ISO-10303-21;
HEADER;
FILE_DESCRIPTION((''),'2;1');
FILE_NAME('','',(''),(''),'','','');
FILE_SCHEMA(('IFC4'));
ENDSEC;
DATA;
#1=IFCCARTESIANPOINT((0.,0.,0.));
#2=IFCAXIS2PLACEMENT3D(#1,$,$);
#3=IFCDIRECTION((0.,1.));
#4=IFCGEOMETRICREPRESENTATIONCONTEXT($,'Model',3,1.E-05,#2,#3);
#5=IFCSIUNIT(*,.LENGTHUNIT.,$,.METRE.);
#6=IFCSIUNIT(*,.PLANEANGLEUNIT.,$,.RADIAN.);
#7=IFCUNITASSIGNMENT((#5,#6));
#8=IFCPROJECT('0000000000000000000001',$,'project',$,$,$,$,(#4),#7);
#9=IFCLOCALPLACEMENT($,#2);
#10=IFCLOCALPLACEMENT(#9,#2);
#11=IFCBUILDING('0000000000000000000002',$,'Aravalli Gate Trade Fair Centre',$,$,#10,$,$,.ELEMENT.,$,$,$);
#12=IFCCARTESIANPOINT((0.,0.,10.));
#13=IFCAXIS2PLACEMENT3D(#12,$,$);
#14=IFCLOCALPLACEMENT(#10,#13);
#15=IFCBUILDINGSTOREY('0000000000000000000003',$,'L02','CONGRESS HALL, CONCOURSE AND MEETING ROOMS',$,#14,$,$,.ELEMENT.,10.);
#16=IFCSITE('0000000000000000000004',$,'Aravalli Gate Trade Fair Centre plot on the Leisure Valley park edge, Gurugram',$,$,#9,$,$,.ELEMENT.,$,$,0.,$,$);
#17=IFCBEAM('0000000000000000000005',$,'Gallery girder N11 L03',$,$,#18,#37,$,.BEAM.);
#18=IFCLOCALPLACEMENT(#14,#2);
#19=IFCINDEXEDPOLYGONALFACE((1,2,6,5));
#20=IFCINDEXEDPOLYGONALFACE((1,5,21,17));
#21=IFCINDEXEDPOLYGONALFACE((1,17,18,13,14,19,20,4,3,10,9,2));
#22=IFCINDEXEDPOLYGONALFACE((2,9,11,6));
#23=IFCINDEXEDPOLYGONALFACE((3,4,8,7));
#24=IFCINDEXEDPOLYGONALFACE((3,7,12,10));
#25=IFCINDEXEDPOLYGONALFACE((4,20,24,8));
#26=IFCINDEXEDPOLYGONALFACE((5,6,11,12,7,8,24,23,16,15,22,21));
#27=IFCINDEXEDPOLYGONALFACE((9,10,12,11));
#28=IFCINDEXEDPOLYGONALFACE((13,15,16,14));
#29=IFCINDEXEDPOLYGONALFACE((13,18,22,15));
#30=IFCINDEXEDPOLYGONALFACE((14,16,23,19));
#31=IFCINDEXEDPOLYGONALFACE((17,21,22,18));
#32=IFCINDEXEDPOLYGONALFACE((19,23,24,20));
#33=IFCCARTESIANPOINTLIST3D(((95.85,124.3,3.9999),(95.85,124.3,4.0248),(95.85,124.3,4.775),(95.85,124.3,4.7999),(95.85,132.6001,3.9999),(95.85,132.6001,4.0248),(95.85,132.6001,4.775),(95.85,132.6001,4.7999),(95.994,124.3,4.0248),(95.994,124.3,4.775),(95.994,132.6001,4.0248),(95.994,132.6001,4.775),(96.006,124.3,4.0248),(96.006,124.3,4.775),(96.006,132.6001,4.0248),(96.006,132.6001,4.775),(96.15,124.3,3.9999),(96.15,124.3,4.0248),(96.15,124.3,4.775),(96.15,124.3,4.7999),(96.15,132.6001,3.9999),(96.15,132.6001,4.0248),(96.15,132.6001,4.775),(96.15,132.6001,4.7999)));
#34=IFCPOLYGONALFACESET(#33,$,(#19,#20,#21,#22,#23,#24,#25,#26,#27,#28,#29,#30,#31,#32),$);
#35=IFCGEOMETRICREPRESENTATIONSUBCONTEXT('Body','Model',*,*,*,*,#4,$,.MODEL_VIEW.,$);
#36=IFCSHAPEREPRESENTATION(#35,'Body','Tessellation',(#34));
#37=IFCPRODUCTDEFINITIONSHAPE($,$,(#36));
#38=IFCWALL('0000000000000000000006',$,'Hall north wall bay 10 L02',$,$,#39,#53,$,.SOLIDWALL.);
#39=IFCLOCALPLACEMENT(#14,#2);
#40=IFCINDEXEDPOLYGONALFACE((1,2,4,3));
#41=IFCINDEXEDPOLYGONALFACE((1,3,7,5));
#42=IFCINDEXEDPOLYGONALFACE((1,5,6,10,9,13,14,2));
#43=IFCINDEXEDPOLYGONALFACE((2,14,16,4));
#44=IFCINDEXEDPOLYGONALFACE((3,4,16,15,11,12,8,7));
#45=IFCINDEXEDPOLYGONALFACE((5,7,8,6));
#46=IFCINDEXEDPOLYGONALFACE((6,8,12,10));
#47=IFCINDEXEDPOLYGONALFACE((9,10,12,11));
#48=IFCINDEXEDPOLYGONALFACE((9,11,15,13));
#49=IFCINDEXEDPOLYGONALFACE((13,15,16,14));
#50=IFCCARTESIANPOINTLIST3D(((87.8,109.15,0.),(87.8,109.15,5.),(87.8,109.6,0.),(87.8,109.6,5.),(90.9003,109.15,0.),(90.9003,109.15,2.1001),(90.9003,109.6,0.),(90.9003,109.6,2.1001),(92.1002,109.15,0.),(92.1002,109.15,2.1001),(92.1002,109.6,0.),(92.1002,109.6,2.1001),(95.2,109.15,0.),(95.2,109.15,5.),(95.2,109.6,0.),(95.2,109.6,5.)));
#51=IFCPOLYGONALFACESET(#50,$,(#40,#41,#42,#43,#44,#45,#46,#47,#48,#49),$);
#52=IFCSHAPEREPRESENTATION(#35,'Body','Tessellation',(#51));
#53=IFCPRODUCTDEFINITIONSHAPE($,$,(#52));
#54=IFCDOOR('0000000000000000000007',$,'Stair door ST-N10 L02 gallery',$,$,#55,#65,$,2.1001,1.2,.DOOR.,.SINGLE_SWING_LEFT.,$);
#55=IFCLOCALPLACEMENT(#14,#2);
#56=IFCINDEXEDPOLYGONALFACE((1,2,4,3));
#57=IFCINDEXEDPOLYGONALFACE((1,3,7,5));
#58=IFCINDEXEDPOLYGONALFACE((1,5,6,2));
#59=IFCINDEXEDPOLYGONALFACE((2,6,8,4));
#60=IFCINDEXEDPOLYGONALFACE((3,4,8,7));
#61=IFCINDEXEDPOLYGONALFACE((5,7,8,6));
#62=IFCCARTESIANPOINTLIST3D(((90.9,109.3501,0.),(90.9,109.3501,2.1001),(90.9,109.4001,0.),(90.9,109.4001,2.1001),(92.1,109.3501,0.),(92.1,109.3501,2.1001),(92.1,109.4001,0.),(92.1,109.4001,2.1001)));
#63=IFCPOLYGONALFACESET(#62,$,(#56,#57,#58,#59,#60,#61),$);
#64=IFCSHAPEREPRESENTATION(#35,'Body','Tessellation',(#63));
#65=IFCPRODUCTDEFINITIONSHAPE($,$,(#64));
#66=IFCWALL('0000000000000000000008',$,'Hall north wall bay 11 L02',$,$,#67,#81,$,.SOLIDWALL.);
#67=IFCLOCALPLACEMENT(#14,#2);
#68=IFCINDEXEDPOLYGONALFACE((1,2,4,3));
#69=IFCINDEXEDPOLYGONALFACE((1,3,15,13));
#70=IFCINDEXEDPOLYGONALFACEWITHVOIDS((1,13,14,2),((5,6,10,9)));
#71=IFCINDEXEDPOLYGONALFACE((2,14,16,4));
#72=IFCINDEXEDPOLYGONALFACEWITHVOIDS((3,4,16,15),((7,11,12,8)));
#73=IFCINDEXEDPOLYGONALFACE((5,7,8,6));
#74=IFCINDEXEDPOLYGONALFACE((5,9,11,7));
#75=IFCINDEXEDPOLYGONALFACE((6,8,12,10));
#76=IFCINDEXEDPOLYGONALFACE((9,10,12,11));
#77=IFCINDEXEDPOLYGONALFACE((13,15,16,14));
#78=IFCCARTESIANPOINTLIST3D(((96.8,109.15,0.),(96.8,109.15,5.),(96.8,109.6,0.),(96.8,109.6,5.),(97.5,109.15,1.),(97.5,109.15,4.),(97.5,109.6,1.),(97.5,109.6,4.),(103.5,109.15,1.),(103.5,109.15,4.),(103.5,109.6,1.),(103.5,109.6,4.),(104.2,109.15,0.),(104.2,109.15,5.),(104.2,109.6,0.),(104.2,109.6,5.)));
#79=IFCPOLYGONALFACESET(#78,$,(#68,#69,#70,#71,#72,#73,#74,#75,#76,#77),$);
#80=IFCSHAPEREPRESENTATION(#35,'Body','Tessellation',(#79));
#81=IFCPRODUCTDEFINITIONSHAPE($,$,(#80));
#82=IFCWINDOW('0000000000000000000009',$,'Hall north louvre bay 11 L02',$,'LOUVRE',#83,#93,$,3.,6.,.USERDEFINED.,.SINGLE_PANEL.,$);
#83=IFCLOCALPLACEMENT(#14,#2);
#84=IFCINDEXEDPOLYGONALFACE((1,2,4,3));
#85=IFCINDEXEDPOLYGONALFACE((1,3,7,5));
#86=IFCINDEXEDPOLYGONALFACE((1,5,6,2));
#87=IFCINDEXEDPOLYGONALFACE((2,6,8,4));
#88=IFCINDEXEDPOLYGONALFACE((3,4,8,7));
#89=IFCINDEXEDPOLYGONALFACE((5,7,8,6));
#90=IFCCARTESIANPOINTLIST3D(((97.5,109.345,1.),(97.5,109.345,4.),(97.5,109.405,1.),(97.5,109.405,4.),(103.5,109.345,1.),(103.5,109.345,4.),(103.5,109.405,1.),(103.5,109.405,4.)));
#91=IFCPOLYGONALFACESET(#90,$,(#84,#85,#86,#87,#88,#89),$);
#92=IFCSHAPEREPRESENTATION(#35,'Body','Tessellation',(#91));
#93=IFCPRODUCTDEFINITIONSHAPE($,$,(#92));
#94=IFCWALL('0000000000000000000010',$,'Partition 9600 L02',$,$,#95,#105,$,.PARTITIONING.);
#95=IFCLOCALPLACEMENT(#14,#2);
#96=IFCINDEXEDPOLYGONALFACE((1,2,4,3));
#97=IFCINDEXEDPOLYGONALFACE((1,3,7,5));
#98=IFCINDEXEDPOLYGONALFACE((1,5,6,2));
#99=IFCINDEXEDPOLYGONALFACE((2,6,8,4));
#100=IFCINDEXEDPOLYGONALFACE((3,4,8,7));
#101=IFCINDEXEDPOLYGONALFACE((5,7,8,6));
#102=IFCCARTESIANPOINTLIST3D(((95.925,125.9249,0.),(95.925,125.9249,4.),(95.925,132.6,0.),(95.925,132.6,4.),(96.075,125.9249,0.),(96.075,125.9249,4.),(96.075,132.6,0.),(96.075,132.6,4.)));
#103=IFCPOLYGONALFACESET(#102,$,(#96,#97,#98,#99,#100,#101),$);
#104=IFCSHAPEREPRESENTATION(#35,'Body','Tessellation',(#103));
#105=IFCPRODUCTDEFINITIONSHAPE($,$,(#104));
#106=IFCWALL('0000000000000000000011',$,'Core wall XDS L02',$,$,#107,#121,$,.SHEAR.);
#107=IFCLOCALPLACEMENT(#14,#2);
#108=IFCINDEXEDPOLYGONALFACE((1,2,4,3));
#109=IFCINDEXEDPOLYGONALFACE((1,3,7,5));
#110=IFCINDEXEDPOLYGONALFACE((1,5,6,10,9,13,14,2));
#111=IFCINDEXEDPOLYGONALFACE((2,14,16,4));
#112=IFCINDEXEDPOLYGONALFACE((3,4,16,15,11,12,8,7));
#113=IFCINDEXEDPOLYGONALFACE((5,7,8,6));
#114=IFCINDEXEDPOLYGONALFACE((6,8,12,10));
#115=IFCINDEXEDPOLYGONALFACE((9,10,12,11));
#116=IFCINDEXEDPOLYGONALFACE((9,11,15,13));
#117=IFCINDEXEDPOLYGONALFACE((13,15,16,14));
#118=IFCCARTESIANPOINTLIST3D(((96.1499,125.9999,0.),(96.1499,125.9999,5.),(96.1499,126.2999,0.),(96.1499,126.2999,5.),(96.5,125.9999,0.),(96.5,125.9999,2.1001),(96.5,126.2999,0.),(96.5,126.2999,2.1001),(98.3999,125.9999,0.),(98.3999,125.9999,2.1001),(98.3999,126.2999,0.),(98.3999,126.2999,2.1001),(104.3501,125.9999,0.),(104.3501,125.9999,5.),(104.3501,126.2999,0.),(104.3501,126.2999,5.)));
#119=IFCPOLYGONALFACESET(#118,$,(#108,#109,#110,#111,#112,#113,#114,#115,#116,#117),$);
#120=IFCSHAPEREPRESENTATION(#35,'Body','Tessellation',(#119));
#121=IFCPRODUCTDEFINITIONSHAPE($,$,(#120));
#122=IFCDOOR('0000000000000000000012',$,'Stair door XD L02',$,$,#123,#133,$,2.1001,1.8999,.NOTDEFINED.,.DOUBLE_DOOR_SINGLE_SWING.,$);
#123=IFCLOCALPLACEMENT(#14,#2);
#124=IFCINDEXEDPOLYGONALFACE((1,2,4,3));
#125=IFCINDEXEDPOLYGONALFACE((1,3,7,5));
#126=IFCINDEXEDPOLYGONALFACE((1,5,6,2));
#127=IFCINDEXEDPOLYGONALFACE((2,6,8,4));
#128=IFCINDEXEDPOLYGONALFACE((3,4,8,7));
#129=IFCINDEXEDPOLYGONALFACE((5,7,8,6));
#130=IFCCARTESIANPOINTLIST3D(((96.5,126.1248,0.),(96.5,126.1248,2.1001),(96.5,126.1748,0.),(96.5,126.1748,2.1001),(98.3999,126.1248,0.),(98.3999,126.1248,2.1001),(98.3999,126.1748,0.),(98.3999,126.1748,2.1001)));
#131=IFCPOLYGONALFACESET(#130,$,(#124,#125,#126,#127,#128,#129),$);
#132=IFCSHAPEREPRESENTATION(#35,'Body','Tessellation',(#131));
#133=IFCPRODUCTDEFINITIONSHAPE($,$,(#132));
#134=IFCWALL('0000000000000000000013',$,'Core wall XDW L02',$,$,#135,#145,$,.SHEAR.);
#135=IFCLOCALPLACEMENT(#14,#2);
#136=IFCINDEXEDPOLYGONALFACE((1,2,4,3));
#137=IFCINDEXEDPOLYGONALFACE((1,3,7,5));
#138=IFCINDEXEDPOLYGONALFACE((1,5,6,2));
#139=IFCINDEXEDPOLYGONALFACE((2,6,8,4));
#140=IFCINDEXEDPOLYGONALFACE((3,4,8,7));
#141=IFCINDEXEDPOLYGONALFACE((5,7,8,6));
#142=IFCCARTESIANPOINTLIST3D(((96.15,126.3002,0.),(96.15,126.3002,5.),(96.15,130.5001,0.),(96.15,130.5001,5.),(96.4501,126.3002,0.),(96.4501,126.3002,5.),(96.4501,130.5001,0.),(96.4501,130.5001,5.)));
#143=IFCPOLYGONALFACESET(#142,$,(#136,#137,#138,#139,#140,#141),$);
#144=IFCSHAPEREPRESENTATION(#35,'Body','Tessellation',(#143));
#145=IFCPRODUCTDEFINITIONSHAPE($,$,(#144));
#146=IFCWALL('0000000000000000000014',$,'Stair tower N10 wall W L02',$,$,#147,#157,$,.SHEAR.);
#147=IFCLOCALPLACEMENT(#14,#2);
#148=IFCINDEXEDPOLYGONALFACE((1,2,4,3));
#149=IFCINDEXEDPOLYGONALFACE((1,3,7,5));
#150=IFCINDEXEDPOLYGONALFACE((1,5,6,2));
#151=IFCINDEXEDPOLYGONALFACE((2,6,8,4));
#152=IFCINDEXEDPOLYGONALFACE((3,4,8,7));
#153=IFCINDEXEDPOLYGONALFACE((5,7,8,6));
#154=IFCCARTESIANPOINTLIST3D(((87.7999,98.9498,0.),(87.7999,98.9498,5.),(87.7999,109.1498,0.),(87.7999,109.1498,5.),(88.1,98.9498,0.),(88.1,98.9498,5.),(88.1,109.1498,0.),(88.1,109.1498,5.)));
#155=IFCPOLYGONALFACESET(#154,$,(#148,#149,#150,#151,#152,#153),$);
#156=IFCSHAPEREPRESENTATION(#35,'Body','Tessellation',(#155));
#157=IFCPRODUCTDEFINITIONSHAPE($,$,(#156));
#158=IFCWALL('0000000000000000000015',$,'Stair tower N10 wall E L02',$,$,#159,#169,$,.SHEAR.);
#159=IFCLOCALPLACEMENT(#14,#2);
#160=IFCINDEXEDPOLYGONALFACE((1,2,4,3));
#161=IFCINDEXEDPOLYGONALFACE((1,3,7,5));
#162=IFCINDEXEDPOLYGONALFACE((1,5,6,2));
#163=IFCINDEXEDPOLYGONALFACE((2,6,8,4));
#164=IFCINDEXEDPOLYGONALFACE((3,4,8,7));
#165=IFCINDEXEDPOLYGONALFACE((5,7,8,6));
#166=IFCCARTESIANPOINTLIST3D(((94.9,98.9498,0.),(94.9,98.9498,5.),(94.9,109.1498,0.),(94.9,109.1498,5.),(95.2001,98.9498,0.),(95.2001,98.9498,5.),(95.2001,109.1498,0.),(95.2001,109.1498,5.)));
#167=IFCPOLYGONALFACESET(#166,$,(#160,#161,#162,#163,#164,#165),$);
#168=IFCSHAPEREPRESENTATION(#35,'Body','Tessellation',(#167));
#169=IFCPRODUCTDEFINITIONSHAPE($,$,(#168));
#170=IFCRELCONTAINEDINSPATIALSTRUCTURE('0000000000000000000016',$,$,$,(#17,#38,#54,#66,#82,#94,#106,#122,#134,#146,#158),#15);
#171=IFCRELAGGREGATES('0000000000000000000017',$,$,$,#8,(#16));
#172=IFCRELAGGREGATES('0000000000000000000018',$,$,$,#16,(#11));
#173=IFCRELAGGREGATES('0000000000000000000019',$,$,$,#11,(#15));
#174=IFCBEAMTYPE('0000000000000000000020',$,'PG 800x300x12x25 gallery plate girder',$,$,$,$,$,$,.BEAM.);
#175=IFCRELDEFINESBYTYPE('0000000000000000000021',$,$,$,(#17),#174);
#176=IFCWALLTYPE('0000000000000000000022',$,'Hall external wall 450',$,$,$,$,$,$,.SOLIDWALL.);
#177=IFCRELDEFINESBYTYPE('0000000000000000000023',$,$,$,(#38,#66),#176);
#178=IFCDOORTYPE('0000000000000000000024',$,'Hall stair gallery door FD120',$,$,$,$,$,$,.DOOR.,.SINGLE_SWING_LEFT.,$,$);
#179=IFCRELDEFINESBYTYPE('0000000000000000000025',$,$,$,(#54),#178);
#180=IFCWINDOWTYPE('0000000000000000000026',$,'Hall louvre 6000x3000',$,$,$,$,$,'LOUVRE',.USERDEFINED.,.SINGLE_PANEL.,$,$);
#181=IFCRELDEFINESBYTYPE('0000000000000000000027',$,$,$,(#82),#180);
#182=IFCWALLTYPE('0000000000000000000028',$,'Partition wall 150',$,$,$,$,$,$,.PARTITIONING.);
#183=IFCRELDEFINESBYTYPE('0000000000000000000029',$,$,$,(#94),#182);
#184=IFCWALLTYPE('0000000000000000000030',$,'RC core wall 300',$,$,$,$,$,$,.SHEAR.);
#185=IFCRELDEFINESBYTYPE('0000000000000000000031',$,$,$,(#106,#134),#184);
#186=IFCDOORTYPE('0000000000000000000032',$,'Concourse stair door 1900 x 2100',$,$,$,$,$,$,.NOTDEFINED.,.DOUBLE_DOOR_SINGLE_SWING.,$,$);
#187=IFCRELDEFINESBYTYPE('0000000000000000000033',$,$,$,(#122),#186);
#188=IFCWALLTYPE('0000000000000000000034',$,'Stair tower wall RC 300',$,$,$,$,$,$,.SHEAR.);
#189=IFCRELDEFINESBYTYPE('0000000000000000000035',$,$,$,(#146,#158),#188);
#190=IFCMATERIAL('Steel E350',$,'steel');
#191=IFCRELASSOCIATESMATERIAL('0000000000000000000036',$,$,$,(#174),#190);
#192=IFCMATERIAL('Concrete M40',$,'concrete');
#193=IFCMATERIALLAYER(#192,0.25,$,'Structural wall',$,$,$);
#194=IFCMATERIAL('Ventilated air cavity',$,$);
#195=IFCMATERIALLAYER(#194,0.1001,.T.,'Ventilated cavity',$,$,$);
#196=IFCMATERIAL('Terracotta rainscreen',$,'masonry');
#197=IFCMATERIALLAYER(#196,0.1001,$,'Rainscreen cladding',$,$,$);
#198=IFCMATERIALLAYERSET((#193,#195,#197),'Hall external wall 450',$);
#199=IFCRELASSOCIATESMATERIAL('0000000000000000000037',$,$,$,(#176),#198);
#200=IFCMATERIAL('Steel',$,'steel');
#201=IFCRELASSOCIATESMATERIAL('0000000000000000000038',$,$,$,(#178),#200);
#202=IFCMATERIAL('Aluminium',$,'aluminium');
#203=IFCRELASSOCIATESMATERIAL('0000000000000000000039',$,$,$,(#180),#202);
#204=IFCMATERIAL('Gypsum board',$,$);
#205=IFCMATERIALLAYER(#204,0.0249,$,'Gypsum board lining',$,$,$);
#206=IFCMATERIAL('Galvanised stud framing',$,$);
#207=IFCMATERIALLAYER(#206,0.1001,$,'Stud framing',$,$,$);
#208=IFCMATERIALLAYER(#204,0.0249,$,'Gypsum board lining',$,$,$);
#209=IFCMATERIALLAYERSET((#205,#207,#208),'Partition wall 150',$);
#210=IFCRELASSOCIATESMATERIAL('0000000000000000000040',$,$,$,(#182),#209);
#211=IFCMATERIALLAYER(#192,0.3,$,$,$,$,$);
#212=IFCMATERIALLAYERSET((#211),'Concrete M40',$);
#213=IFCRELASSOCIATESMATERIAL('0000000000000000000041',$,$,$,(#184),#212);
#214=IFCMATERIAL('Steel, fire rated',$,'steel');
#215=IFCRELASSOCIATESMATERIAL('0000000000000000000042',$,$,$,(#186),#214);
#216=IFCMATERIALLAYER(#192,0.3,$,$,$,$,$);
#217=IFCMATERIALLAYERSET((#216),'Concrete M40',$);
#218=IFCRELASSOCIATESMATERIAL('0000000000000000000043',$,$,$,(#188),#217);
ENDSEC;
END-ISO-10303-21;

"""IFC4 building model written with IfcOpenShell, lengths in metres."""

from ifc_helpers import new_model, si_unit, direction, frame, frame_2d, origin, origin_2d, place, context, subcontext, project, spatial, rectangle, i_section, extrude, material, layer, layer_set, material_profile, profile_set, type_object, element, fill, save


model = new_model("IFC4")

# Units and contexts
model_context = context("Model", 3, precision=1e-05, world=origin(), true_north=direction((0.0, 1.0)))
body_context = subcontext(model_context, "Body", "Model", "MODEL_VIEW")
ifc_project = project(units=[si_unit("LENGTHUNIT", "METRE"), si_unit("PLANEANGLEUNIT", "RADIAN")], contexts=[model_context])

# Site, building, storey
site_placement = place(None, origin())
site = spatial("IfcSite", under=ifc_project, at=site_placement, Name="Aravalli Gate Trade Fair Centre plot on the Leisure Valley park edge, Gurugram", CompositionType="ELEMENT", RefElevation=0.0)
building_placement = place(site_placement, origin())
building = spatial("IfcBuilding", under=site, at=building_placement, Name="Aravalli Gate Trade Fair Centre", CompositionType="ELEMENT")
storey_placement = place(building_placement, frame((0.0, 0.0, 10.0)))
storey = spatial("IfcBuildingStorey", under=building, at=storey_placement, Name="L02", Description="CONGRESS HALL, CONCOURSE AND MEETING ROOMS", CompositionType="ELEMENT", Elevation=10.0)

# Beam
ifc_material_1 = material(Name="Steel E350", Category="steel")
ifc_material_profile_1 = material_profile(ifc_material_1, i_section(OverallWidth=0.3, OverallDepth=0.8, WebThickness=0.012, FlangeThickness=0.0249, at=origin_2d()), Name="PG 800x300x12x25")
ifc_profile_set_1 = profile_set([ifc_material_profile_1], Name="Steel E350")
beam_type_1 = type_object("IfcBeamType", Name="PG 800x300x12x25 gallery plate girder", PredefinedType="BEAM", material=ifc_profile_set_1)
beam_1_placement = place(storey_placement, frame((96.0, 124.3, 4.3999), z_axis=(0.0, 1.0, 0.0), x_axis=(-1.0, 0.0, 0.0)))
element("IfcBeam", 1, at=beam_1_placement, inside=storey, type_object=beam_type_1, Name="Gallery girder N11 L03", PredefinedType="BEAM", context=body_context, shape_type="SweptSolid", body=[
    extrude(i_section(OverallWidth=0.3, OverallDepth=0.8, WebThickness=0.012, FlangeThickness=0.0249, at=origin_2d()), origin(), (0.0, 0.0, 1.0), 8.3),
])

# Wall, opening, door
ifc_material_2 = material(Name="Concrete M40", Category="concrete")
ifc_layer_1 = layer(ifc_material_2, 0.25, Name="Structural wall")
ifc_material_3 = material(Name="Ventilated air cavity")
ifc_layer_2 = layer(ifc_material_3, 0.1001, ventilated=True, Name="Ventilated cavity")
ifc_material_4 = material(Name="Terracotta rainscreen", Category="masonry")
ifc_layer_3 = layer(ifc_material_4, 0.1001, Name="Rainscreen cladding")
ifc_layer_set_1 = layer_set([ifc_layer_1, ifc_layer_2, ifc_layer_3], Name="Hall external wall 450")
wall_type_1 = type_object("IfcWallType", Name="Hall external wall 450", PredefinedType="SOLIDWALL", material=ifc_layer_set_1)
wall_1_placement = place(storey_placement, frame((87.8, 109.375, 0.0), z_axis=(0.0, 0.0, 1.0), x_axis=(1.0, 0.0, 0.0)))
wall_1 = element("IfcWall", 2, at=wall_1_placement, inside=storey, type_object=wall_type_1, Name="Hall north wall bay 10 L02", PredefinedType="SOLIDWALL", context=body_context, shape_type="SweptSolid", body=[
    extrude(rectangle(XDim=7.3999, YDim=0.45, at=frame_2d((3.7, 0.0))), origin(), (0.0, 0.0, 1.0), 5.0),
])
opening_1_placement = place(wall_1_placement, frame((3.1001, 0.0, 0.0)))
opening_1 = element("IfcOpeningElement", 3, at=opening_1_placement, cuts=wall_1, PredefinedType="OPENING", context=body_context, shape_type="SweptSolid", body=[
    extrude(rectangle(XDim=1.2, YDim=2.1001, at=frame_2d((0.6001, 1.05))), frame((0.0, 0.2349, 0.0), z_axis=(0.0, -1.0, 0.0), x_axis=(1.0, 0.0, 0.0)), (0.0, 0.0, 1.0), 0.47),
])
ifc_material_5 = material(Name="Steel", Category="steel")
door_type_1 = type_object("IfcDoorType", Name="Hall stair gallery door FD120", OperationType="SINGLE_SWING_LEFT", PredefinedType="DOOR", material=ifc_material_5)
door_1_placement = place(opening_1_placement, frame((1.2, 0.0, 0.0), z_axis=(0.0, 0.0, 1.0), x_axis=(-1.0, 0.0, 0.0)))
door_1 = element("IfcDoor", 4, at=door_1_placement, inside=storey, type_object=door_type_1, Name="Stair door ST-N10 L02 gallery", OperationType="SINGLE_SWING_LEFT", OverallHeight=2.1001, OverallWidth=1.2, PredefinedType="DOOR", context=body_context, shape_type="SweptSolid", body=[
    extrude(rectangle(XDim=1.2, YDim=2.1001, at=frame_2d((0.6001, 1.05))), frame((0.0, 0.0249, 0.0), z_axis=(0.0, -1.0, 0.0), x_axis=(1.0, 0.0, 0.0)), (0.0, 0.0, 1.0), 0.05),
])
fill(opening_1, door_1)

# Wall, opening, window
wall_2_placement = place(storey_placement, frame((96.8, 109.375, 0.0), z_axis=(0.0, 0.0, 1.0), x_axis=(1.0, 0.0, 0.0)))
wall_2 = element("IfcWall", 5, at=wall_2_placement, inside=storey, type_object=wall_type_1, Name="Hall north wall bay 11 L02", PredefinedType="SOLIDWALL", context=body_context, shape_type="SweptSolid", body=[
    extrude(rectangle(XDim=7.3999, YDim=0.45, at=frame_2d((3.7, 0.0))), origin(), (0.0, 0.0, 1.0), 5.0),
])
opening_2_placement = place(wall_2_placement, frame((0.7, 0.0, 1.0)))
opening_2 = element("IfcOpeningElement", 6, at=opening_2_placement, cuts=wall_2, PredefinedType="OPENING", context=body_context, shape_type="SweptSolid", body=[
    extrude(rectangle(XDim=6.0, YDim=3.0, at=frame_2d((3.0, 1.5))), frame((0.0, 0.2349, 0.0), z_axis=(0.0, -1.0, 0.0), x_axis=(1.0, 0.0, 0.0)), (0.0, 0.0, 1.0), 0.47),
])
ifc_material_6 = material(Name="Aluminium", Category="aluminium")
window_type = type_object("IfcWindowType", Name="Hall louvre 6000x3000", ElementType="LOUVRE", PartitioningType="SINGLE_PANEL", PredefinedType="USERDEFINED", material=ifc_material_6)
window_placement = place(opening_2_placement, origin())
window = element("IfcWindow", 7, at=window_placement, inside=storey, type_object=window_type, Name="Hall north louvre bay 11 L02", ObjectType="LOUVRE", OverallHeight=3.0, OverallWidth=6.0, PartitioningType="SINGLE_PANEL", PredefinedType="USERDEFINED", context=body_context, shape_type="SweptSolid", body=[
    extrude(rectangle(XDim=6.0, YDim=3.0, at=frame_2d((3.0, 1.5))), frame((0.0, 0.03, 0.0), z_axis=(0.0, -1.0, 0.0), x_axis=(1.0, 0.0, 0.0)), (0.0, 0.0, 1.0), 0.0601),
])
fill(opening_2, window)

# Wall
ifc_material_7 = material(Name="Gypsum board")
ifc_layer_4 = layer(ifc_material_7, 0.0249, Name="Gypsum board lining")
ifc_material_8 = material(Name="Galvanised stud framing")
ifc_layer_5 = layer(ifc_material_8, 0.1001, Name="Stud framing")
ifc_layer_6 = layer(ifc_material_7, 0.0249, Name="Gypsum board lining")
ifc_layer_set_2 = layer_set([ifc_layer_4, ifc_layer_5, ifc_layer_6], Name="Partition wall 150")
wall_type_2 = type_object("IfcWallType", Name="Partition wall 150", PredefinedType="PARTITIONING", material=ifc_layer_set_2)
wall_3_placement = place(storey_placement, frame((96.0, 125.925, 0.0), z_axis=(0.0, 0.0, 1.0), x_axis=(0.0, 1.0, 0.0)))
element("IfcWall", 8, at=wall_3_placement, inside=storey, type_object=wall_type_2, Name="Partition 9600 L02", PredefinedType="PARTITIONING", context=body_context, shape_type="SweptSolid", body=[
    extrude(rectangle(XDim=6.675, YDim=0.1499, at=frame_2d((3.3374, 0.0))), origin(), (0.0, 0.0, 1.0), 4.0),
])

# Wall, opening, door
ifc_layer_7 = layer(ifc_material_2, 0.3)
ifc_layer_set_3 = layer_set([ifc_layer_7], Name="Concrete M40")
wall_type_3 = type_object("IfcWallType", Name="RC core wall 300", PredefinedType="SHEAR", material=ifc_layer_set_3)
wall_4_placement = place(storey_placement, frame((96.1499, 126.1499, 0.0), z_axis=(0.0, 0.0, 1.0), x_axis=(1.0, 0.0, 0.0)))
wall_4 = element("IfcWall", 9, at=wall_4_placement, inside=storey, type_object=wall_type_3, Name="Core wall XDS L02", PredefinedType="SHEAR", context=body_context, shape_type="SweptSolid", body=[
    extrude(rectangle(XDim=8.2002, YDim=0.3, at=frame_2d((4.1001, 0.0))), origin(), (0.0, 0.0, 1.0), 5.0),
])
opening_3_placement = place(wall_4_placement, frame((0.3501, 0.0, 0.0)))
opening_3 = element("IfcOpeningElement", 10, at=opening_3_placement, cuts=wall_4, PredefinedType="OPENING", context=body_context, shape_type="SweptSolid", body=[
    extrude(rectangle(XDim=1.8999, YDim=2.1001, at=frame_2d((0.95, 1.05))), frame((0.0, 0.1599, 0.0), z_axis=(0.0, -1.0, 0.0), x_axis=(1.0, 0.0, 0.0)), (0.0, 0.0, 1.0), 0.3201),
])
ifc_material_9 = material(Name="Steel, fire rated", Category="steel")
door_type_2 = type_object("IfcDoorType", Name="Concourse stair door 1900 x 2100", OperationType="DOUBLE_DOOR_SINGLE_SWING", PredefinedType="NOTDEFINED", material=ifc_material_9)
door_2_placement = place(opening_3_placement, origin())
door_2 = element("IfcDoor", 11, at=door_2_placement, inside=storey, type_object=door_type_2, Name="Stair door XD L02", OperationType="DOUBLE_DOOR_SINGLE_SWING", OverallHeight=2.1001, OverallWidth=1.8999, PredefinedType="NOTDEFINED", context=body_context, shape_type="SweptSolid", body=[
    extrude(rectangle(XDim=1.8999, YDim=2.1001, at=frame_2d((0.95, 1.05))), frame((0.0, 0.0249, 0.0), z_axis=(0.0, -1.0, 0.0), x_axis=(1.0, 0.0, 0.0)), (0.0, 0.0, 1.0), 0.05),
])
fill(opening_3, door_2)

# Walls
wall_5_placement = place(storey_placement, frame((96.3, 126.3, 0.0), z_axis=(0.0, 0.0, 1.0), x_axis=(0.0, 1.0, 0.0)))
element("IfcWall", 12, at=wall_5_placement, inside=storey, type_object=wall_type_3, Name="Core wall XDW L02", PredefinedType="SHEAR", context=body_context, shape_type="SweptSolid", body=[
    extrude(rectangle(XDim=4.2, YDim=0.3, at=frame_2d((2.1001, 0.0))), origin(), (0.0, 0.0, 1.0), 5.0),
])
ifc_layer_8 = layer(ifc_material_2, 0.3)
ifc_layer_set_4 = layer_set([ifc_layer_8], Name="Concrete M40")
wall_type_4 = type_object("IfcWallType", Name="Stair tower wall RC 300", PredefinedType="SHEAR", material=ifc_layer_set_4)
for number, where, z_axis, x_axis, name in (
    (13, (87.95, 109.1499, 0.0), (0.0, 0.0, 1.0), (0.0, -1.0, 0.0), "Stair tower N10 wall W L02"),
    (14, (95.05, 109.1499, 0.0), (0.0, 0.0, 1.0), (0.0, -1.0, 0.0), "Stair tower N10 wall E L02"),
):
    element("IfcWall", number, at=place(storey_placement, frame(where, z_axis=z_axis, x_axis=x_axis)), inside=storey, type_object=wall_type_4, Name=name, PredefinedType="SHEAR", context=body_context, shape_type="SweptSolid", body=[
        extrude(rectangle(XDim=10.2, YDim=0.3, at=frame_2d((5.1001, 0.0))), origin(), (0.0, 0.0, 1.0), 5.0),
    ])

save(model, "model.ifc")
